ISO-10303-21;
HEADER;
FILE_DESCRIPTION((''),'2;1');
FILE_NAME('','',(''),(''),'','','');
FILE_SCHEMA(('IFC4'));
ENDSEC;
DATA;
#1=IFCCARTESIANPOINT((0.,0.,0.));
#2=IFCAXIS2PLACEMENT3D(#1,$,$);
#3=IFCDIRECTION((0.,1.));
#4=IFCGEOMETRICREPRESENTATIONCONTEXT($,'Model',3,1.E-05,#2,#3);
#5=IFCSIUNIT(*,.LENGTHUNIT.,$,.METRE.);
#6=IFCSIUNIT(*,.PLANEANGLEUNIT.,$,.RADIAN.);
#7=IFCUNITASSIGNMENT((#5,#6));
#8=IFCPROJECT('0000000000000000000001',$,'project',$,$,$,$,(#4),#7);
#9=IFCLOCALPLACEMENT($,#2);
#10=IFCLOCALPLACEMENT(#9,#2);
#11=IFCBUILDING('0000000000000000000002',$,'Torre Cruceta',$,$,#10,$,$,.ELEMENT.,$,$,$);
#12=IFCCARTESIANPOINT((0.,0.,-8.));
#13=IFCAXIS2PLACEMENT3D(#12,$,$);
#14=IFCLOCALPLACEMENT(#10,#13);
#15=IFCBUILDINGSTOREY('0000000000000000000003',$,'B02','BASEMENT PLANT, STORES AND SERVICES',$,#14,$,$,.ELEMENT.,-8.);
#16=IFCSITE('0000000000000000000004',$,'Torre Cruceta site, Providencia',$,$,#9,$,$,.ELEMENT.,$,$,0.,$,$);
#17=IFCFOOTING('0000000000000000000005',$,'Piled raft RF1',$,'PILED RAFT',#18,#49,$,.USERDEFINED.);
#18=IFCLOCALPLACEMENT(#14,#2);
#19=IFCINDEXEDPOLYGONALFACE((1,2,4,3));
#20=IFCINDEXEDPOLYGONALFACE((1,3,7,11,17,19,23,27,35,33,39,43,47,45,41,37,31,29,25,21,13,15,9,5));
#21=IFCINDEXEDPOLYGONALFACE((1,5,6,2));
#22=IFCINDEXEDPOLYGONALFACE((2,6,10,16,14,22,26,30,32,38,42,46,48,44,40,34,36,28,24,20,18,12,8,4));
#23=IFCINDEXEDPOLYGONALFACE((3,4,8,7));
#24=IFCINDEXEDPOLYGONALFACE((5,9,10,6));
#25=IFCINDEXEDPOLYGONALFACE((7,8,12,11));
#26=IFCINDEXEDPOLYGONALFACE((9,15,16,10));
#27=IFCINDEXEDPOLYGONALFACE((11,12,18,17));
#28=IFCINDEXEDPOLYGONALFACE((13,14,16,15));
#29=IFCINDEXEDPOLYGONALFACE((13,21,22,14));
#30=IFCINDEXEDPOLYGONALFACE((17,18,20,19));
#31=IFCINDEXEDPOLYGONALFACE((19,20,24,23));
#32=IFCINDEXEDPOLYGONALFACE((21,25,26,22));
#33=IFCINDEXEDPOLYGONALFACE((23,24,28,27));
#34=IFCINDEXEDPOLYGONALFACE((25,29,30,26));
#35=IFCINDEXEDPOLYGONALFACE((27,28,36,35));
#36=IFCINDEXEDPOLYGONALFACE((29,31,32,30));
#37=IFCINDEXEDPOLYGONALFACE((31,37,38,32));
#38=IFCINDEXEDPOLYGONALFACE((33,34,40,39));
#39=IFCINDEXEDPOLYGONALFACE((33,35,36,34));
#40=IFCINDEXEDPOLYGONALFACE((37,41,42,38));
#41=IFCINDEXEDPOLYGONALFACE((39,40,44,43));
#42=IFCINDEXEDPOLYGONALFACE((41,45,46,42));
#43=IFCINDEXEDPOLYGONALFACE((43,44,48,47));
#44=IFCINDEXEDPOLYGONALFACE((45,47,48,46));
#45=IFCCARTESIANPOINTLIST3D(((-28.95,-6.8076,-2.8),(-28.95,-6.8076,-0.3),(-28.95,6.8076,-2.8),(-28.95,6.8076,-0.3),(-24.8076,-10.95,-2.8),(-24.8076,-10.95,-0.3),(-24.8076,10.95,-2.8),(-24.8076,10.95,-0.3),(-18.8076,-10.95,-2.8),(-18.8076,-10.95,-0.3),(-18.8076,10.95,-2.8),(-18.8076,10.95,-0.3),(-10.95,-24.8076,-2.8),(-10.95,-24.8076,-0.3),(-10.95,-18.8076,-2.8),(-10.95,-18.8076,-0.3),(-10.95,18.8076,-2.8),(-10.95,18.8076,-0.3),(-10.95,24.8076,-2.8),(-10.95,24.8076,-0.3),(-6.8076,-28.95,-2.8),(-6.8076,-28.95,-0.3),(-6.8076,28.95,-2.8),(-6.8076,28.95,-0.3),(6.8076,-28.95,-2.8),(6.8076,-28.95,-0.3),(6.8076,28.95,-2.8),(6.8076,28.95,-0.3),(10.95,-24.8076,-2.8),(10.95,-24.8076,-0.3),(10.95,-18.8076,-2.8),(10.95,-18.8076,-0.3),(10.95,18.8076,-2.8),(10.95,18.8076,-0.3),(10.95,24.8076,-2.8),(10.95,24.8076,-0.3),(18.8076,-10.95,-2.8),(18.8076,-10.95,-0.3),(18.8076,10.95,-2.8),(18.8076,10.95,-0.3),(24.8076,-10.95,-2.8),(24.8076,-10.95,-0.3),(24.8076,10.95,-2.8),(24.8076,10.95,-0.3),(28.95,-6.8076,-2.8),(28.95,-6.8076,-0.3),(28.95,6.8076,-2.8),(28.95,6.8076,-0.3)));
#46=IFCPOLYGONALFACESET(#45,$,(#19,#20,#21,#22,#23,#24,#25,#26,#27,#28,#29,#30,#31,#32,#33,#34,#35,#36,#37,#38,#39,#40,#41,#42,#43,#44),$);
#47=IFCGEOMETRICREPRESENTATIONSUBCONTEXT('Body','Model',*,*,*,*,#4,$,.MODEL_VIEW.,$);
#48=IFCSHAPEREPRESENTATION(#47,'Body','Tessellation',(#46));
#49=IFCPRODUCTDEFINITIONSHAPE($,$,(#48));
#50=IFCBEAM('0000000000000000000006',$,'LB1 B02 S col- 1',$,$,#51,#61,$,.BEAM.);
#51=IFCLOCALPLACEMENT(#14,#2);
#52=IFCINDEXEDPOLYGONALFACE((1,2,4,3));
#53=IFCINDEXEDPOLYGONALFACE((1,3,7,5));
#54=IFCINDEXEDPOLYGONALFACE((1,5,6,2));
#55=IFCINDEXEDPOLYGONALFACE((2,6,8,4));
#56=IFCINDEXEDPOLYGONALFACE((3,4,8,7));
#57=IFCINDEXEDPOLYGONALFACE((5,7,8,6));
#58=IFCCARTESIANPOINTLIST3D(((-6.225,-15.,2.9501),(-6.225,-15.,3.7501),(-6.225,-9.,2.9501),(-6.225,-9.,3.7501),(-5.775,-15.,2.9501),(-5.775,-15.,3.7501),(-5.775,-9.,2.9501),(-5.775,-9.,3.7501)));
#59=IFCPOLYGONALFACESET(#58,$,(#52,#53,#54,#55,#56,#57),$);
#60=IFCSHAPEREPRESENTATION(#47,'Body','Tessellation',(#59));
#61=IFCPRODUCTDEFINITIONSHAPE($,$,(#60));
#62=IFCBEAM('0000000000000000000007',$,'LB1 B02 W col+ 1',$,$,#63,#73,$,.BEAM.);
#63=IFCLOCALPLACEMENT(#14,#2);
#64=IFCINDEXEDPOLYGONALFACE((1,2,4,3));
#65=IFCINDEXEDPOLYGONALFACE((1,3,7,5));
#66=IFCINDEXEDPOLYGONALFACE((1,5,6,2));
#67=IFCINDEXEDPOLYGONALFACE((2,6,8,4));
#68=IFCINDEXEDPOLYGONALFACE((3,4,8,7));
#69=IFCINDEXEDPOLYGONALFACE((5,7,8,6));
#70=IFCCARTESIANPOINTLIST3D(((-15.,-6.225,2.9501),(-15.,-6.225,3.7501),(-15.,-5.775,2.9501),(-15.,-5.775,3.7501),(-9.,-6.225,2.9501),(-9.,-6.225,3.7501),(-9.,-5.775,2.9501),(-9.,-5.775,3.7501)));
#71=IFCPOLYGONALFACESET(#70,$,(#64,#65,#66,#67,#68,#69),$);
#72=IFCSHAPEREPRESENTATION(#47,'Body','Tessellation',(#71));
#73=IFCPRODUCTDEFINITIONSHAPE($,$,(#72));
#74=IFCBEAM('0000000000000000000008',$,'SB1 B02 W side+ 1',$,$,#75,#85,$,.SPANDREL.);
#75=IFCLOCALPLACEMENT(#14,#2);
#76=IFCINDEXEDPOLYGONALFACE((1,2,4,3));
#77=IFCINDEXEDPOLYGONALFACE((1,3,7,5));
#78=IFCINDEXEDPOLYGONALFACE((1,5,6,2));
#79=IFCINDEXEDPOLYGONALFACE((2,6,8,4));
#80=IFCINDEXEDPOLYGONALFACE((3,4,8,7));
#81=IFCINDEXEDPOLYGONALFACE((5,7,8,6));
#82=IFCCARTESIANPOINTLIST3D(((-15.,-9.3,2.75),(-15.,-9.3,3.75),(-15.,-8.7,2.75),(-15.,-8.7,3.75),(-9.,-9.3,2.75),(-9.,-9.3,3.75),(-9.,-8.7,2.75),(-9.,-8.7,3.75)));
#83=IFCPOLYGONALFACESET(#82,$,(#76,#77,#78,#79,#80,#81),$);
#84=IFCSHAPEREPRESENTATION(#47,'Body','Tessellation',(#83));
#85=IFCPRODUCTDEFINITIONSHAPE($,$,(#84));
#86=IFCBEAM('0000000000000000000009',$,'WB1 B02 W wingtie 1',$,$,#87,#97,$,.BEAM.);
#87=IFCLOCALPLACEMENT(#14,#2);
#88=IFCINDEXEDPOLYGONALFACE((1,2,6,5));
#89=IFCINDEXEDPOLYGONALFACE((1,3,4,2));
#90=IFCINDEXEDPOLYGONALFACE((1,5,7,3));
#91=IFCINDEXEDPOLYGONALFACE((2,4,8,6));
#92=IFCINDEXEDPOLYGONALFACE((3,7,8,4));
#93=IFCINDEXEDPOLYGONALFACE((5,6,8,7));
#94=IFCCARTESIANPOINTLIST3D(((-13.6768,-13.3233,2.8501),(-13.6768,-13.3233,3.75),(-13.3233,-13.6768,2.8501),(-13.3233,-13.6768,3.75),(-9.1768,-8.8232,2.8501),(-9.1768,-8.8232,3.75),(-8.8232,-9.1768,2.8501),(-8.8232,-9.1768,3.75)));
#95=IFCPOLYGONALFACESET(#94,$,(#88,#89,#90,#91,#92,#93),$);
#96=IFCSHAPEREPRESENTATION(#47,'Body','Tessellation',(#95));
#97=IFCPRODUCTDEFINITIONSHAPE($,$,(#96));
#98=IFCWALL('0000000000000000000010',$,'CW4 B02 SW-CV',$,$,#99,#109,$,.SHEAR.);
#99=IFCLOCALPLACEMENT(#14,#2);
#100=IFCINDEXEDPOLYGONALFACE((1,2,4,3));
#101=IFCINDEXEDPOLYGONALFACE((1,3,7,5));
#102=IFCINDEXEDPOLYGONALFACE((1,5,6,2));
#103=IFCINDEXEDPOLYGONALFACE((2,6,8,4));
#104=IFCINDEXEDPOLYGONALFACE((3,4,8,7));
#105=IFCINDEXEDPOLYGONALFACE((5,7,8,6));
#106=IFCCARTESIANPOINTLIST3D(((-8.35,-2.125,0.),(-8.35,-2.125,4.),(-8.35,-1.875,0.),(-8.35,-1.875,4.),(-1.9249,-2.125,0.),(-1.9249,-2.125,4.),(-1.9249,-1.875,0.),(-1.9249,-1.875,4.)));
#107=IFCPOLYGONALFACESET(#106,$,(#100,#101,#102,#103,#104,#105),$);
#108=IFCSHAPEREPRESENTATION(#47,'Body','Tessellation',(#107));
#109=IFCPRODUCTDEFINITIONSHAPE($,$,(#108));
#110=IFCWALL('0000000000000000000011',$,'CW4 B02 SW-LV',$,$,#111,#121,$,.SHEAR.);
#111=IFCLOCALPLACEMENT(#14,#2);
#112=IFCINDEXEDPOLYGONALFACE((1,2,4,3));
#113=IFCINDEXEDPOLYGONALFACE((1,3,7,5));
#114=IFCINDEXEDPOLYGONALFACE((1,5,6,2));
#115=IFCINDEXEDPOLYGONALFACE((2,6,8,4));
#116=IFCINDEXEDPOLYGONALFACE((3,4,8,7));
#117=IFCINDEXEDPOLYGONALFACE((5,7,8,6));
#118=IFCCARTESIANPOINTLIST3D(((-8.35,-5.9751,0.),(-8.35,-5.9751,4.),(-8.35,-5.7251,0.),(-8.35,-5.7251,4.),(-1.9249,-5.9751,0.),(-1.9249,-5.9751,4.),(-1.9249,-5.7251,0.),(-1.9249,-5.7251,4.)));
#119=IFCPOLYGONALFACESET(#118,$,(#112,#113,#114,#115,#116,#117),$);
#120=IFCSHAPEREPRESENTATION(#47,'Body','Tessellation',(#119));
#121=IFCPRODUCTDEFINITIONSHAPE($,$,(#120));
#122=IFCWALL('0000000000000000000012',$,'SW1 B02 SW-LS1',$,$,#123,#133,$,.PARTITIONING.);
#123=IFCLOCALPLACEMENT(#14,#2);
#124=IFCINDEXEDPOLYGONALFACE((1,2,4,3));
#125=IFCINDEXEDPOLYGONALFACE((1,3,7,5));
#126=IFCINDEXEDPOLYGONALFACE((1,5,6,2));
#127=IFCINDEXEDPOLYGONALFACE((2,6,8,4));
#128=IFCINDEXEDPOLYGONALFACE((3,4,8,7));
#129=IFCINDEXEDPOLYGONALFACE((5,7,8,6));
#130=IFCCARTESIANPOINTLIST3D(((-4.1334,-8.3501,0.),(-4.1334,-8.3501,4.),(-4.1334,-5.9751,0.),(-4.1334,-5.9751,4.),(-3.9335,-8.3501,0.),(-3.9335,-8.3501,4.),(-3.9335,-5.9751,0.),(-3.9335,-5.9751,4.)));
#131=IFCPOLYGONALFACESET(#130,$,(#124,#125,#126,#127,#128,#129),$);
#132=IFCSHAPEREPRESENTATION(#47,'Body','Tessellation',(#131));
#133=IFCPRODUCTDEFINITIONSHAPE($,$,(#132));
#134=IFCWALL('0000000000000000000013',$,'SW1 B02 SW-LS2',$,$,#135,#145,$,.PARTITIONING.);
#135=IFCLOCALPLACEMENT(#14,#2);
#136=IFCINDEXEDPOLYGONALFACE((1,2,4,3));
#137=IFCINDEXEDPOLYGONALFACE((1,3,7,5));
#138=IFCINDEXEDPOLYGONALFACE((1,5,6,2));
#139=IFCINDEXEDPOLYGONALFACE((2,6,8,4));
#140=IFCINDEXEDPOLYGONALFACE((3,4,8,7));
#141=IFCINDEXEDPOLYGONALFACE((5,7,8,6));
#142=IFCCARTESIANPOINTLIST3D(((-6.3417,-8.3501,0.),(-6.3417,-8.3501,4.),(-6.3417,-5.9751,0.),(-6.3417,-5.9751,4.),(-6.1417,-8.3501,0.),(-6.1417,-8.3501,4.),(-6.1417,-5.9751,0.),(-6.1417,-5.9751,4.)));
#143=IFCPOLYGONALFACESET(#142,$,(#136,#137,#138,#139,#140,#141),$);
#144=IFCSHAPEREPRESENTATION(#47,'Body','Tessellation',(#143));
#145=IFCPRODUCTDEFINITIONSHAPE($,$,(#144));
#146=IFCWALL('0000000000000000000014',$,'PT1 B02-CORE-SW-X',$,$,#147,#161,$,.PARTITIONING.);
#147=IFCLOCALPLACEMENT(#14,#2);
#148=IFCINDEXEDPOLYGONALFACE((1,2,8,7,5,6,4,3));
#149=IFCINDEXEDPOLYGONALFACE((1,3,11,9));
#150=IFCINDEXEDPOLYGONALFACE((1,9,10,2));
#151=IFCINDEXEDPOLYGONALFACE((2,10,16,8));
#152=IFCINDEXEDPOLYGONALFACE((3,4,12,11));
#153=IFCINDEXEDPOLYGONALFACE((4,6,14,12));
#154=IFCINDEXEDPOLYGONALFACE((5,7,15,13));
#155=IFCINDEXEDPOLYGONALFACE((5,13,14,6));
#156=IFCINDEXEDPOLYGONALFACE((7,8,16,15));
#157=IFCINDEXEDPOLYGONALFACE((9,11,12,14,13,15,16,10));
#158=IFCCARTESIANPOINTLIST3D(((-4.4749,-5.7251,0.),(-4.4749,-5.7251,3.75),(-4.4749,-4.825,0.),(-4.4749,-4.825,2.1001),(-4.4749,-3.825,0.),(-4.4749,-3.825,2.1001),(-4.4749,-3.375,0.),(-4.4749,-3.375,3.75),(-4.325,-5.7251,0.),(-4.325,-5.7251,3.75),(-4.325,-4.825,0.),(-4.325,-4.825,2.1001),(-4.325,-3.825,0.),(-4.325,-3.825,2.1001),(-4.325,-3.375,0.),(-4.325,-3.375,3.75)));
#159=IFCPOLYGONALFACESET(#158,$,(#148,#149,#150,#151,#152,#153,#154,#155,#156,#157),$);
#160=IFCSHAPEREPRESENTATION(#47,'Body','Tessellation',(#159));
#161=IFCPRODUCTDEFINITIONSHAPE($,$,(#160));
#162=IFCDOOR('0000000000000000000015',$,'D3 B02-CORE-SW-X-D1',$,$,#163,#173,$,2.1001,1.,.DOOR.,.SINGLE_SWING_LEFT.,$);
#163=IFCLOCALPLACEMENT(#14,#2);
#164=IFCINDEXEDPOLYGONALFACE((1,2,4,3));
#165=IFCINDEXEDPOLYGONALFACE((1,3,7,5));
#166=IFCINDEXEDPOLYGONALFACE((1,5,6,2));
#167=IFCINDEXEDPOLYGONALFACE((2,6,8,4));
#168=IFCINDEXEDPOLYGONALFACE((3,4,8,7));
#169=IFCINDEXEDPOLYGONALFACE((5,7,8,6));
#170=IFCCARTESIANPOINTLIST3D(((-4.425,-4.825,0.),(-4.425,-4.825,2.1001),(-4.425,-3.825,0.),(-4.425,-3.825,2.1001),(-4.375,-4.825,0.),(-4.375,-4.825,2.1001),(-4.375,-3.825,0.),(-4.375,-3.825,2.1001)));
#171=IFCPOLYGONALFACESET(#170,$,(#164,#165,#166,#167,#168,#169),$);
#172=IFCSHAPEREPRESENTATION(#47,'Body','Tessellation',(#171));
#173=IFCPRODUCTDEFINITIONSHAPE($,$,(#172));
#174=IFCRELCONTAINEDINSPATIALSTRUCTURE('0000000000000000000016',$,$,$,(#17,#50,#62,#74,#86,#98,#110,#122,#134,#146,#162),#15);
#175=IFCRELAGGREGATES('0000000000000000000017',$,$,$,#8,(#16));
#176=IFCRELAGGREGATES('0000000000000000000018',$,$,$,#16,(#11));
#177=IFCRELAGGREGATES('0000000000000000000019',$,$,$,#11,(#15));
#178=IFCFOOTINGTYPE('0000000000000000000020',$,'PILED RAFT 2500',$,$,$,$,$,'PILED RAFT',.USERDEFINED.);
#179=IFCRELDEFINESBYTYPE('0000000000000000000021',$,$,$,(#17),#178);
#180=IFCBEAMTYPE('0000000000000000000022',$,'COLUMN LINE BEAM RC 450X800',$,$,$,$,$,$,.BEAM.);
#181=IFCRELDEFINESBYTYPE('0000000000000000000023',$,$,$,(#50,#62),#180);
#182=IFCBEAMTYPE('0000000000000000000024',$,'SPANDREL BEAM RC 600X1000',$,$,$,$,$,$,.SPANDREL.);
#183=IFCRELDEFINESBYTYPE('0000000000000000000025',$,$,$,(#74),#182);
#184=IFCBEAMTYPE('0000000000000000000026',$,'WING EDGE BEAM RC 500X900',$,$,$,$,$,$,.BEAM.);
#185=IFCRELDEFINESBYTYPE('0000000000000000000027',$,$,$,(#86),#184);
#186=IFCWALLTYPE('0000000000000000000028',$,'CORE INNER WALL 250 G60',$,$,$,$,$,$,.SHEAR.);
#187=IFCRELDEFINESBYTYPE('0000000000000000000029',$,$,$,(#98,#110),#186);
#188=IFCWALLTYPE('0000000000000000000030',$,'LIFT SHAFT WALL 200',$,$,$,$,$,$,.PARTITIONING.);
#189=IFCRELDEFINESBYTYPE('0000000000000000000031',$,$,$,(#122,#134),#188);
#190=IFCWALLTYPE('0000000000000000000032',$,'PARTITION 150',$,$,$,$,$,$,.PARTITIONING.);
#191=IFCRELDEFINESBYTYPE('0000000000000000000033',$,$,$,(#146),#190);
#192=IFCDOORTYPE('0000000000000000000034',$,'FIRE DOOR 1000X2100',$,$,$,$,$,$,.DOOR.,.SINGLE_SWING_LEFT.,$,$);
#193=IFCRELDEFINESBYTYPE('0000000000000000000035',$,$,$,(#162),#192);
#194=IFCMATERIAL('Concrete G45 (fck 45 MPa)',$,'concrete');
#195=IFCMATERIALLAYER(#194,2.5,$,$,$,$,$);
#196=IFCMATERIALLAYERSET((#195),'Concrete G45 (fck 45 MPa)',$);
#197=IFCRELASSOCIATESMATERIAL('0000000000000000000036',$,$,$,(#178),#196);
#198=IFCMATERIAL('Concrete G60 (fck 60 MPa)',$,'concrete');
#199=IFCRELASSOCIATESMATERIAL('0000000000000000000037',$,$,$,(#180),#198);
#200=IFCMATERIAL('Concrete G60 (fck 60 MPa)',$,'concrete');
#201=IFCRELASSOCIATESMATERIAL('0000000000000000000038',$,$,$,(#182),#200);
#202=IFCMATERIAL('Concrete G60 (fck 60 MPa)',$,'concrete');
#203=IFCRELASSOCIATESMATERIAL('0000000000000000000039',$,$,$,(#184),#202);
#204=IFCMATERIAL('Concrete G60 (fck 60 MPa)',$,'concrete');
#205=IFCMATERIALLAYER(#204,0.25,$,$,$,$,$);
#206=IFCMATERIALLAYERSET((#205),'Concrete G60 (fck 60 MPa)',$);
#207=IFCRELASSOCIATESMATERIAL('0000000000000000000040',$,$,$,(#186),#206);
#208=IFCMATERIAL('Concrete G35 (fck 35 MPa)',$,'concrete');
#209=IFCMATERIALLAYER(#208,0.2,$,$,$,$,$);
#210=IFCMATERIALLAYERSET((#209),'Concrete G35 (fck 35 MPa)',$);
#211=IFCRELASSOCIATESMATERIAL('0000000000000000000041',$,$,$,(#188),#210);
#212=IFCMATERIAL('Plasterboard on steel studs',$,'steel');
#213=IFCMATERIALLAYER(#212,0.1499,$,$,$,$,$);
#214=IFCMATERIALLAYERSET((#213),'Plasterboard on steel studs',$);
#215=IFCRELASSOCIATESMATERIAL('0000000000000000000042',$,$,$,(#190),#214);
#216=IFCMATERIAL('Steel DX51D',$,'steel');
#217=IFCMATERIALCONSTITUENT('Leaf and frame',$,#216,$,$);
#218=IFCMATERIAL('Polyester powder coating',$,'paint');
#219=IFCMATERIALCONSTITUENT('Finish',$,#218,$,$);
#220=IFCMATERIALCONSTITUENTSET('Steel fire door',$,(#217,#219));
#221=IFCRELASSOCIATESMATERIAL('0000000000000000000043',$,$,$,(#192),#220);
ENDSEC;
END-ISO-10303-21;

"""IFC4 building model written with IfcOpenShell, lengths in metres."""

from ifc_helpers import new_model, si_unit, direction, frame, frame_2d, origin, origin_2d, place, context, subcontext, project, spatial, polyline, rectangle, outline, extrude, material, layer, layer_set, constituent, constituent_set, material_profile, profile_set, type_object, element, fill, save


model = new_model("IFC4")

# Units and contexts
model_context = context("Model", 3, precision=1e-05, world=origin(), true_north=direction((0.0, 1.0)))
body_context = subcontext(model_context, "Body", "Model", "MODEL_VIEW")
ifc_project = project(units=[si_unit("LENGTHUNIT", "METRE"), si_unit("PLANEANGLEUNIT", "RADIAN")], contexts=[model_context])

# Site, building, storey
site_placement = place(None, origin())
site = spatial("IfcSite", under=ifc_project, at=site_placement, Name="Torre Cruceta site, Providencia", CompositionType="ELEMENT", RefElevation=0.0)
building_placement = place(site_placement, origin())
building = spatial("IfcBuilding", under=site, at=building_placement, Name="Torre Cruceta", CompositionType="ELEMENT")
storey_placement = place(building_placement, frame((0.0, 0.0, -8.0)))
storey = spatial("IfcBuildingStorey", under=building, at=storey_placement, Name="B02", Description="BASEMENT PLANT, STORES AND SERVICES", CompositionType="ELEMENT", Elevation=-8.0)

# Footing
ifc_material_1 = material(Name="Concrete G45 (fck 45 MPa)", Category="concrete")
ifc_layer_1 = layer(ifc_material_1, 2.5)
ifc_layer_set_1 = layer_set([ifc_layer_1], Name="Concrete G45 (fck 45 MPa)")
footing_type_1 = type_object("IfcFootingType", Name="PILED RAFT 2500", ElementType="PILED RAFT", PredefinedType="USERDEFINED", material=ifc_layer_set_1)
footing_1_placement = place(storey_placement, frame((0.0, 0.0, -2.8)))
element("IfcFooting", 1, at=footing_1_placement, inside=storey, type_object=footing_type_1, Name="Piled raft RF1", ObjectType="PILED RAFT", PredefinedType="USERDEFINED", context=body_context, shape_type="SweptSolid", body=[
    extrude(outline(polyline([(18.8076, -10.95), (10.95, -18.8076), (10.95, -24.8076), (6.8076, -28.95), (-6.8076, -28.95), (-10.95, -24.8076), (-10.95, -18.8076), (-18.8076, -10.95), (-24.8076, -10.95), (-28.95, -6.8076), (-28.95, 6.8076), (-24.8076, 10.95), (-18.8076, 10.95), (-10.95, 18.8076), (-10.95, 24.8076), (-6.8076, 28.95), (6.8076, 28.95), (10.95, 24.8076), (10.95, 18.8076), (18.8076, 10.95), (24.8076, 10.95), (28.95, 6.8076), (28.95, -6.8076), (24.8076, -10.95), (18.8076, -10.95)])), origin(), (0.0, 0.0, 1.0), 2.5),
])

# Beams
ifc_material_2 = material(Name="Concrete G60 (fck 60 MPa)", Category="concrete")
ifc_material_profile_1 = material_profile(ifc_material_2, rectangle(XDim=0.45, YDim=0.8, at=origin_2d()), Name="RC 450X800")
ifc_profile_set_1 = profile_set([ifc_material_profile_1], Name="Concrete G60 (fck 60 MPa)")
beam_type_1 = type_object("IfcBeamType", Name="COLUMN LINE BEAM RC 450X800", PredefinedType="BEAM", material=ifc_profile_set_1)
for number, where, z_axis, x_axis, name in (
    (2, (-6.0, -9.0, 3.3501), (0.0, -1.0, 0.0), (1.0, 0.0, 0.0), "LB1 B02 S col- 1"),
    (3, (-9.0, -6.0, 3.3501), (-1.0, 0.0, 0.0), (0.0, -1.0, 0.0), "LB1 B02 W col+ 1"),
):
    element("IfcBeam", number, at=place(storey_placement, frame(where, z_axis=z_axis, x_axis=x_axis)), inside=storey, type_object=beam_type_1, Name=name, PredefinedType="BEAM", context=body_context, shape_type="SweptSolid", body=[
        extrude(rectangle(XDim=0.45, YDim=0.8, at=origin_2d()), origin(), (0.0, 0.0, 1.0), 6.0),
    ])
ifc_material_3 = material(Name="Concrete G60 (fck 60 MPa)", Category="concrete")
ifc_material_profile_2 = material_profile(ifc_material_3, rectangle(XDim=0.6001, YDim=1.0, at=origin_2d()), Name="RC 600X1000")
ifc_profile_set_2 = profile_set([ifc_material_profile_2], Name="Concrete G60 (fck 60 MPa)")
beam_type_2 = type_object("IfcBeamType", Name="SPANDREL BEAM RC 600X1000", PredefinedType="SPANDREL", material=ifc_profile_set_2)
beam_1_placement = place(storey_placement, frame((-9.0, -9.0, 3.25), z_axis=(-1.0, 0.0, 0.0), x_axis=(0.0, -1.0, 0.0)))
element("IfcBeam", 4, at=beam_1_placement, inside=storey, type_object=beam_type_2, Name="SB1 B02 W side+ 1", PredefinedType="SPANDREL", context=body_context, shape_type="SweptSolid", body=[
    extrude(rectangle(XDim=0.6001, YDim=1.0, at=origin_2d()), origin(), (0.0, 0.0, 1.0), 6.0),
])
ifc_material_4 = material(Name="Concrete G60 (fck 60 MPa)", Category="concrete")
ifc_material_profile_3 = material_profile(ifc_material_4, rectangle(XDim=0.5, YDim=0.8999, at=origin_2d()), Name="RC 500X900")
ifc_profile_set_3 = profile_set([ifc_material_profile_3], Name="Concrete G60 (fck 60 MPa)")
beam_type_3 = type_object("IfcBeamType", Name="WING EDGE BEAM RC 500X900", PredefinedType="BEAM", material=ifc_profile_set_3)
beam_2_placement = place(storey_placement, frame((-9.0, -9.0, 3.3), z_axis=(-0.707107, -0.707107, 0.0), x_axis=(0.707107, -0.707107, 0.0)))
element("IfcBeam", 5, at=beam_2_placement, inside=storey, type_object=beam_type_3, Name="WB1 B02 W wingtie 1", PredefinedType="BEAM", context=body_context, shape_type="SweptSolid", body=[
    extrude(rectangle(XDim=0.5, YDim=0.8999, at=origin_2d()), origin(), (0.0, 0.0, 1.0), 6.364),
])

# Shared definitions
ifc_material_5 = material(Name="Concrete G60 (fck 60 MPa)", Category="concrete")
ifc_layer_2 = layer(ifc_material_5, 0.25)
ifc_layer_set_2 = layer_set([ifc_layer_2], Name="Concrete G60 (fck 60 MPa)")
wall_type_1 = type_object("IfcWallType", Name="CORE INNER WALL 250 G60", PredefinedType="SHEAR", material=ifc_layer_set_2)

# Walls
for number, where, z_axis, x_axis, name in (
    (6, (-1.925, -2.0, 0.0), (0.0, 0.0, 1.0), (-1.0, 0.0, 0.0), "CW4 B02 SW-CV"),
    (7, (-1.925, -5.8501, 0.0), (0.0, 0.0, 1.0), (-1.0, 0.0, 0.0), "CW4 B02 SW-LV"),
):
    element("IfcWall", number, at=place(storey_placement, frame(where, z_axis=z_axis, x_axis=x_axis)), inside=storey, type_object=wall_type_1, Name=name, PredefinedType="SHEAR", context=body_context, shape_type="SweptSolid", body=[
        extrude(rectangle(XDim=6.425, YDim=0.25, at=frame_2d((3.2124, 0.0))), origin(), (0.0, 0.0, 1.0), 4.0),
    ])
ifc_material_6 = material(Name="Concrete G35 (fck 35 MPa)", Category="concrete")
ifc_layer_3 = layer(ifc_material_6, 0.2)
ifc_layer_set_3 = layer_set([ifc_layer_3], Name="Concrete G35 (fck 35 MPa)")
wall_type_2 = type_object("IfcWallType", Name="LIFT SHAFT WALL 200", PredefinedType="PARTITIONING", material=ifc_layer_set_3)
for number, where, z_axis, x_axis, name in (
    (8, (-4.0334, -5.9751, 0.0), (0.0, 0.0, 1.0), (0.0, -1.0, 0.0), "SW1 B02 SW-LS1"),
    (9, (-6.2417, -5.9751, 0.0), (0.0, 0.0, 1.0), (0.0, -1.0, 0.0), "SW1 B02 SW-LS2"),
):
    element("IfcWall", number, at=place(storey_placement, frame(where, z_axis=z_axis, x_axis=x_axis)), inside=storey, type_object=wall_type_2, Name=name, PredefinedType="PARTITIONING", context=body_context, shape_type="SweptSolid", body=[
        extrude(rectangle(XDim=2.375, YDim=0.2, at=frame_2d((1.1875, 0.0))), origin(), (0.0, 0.0, 1.0), 4.0),
    ])

# Wall, opening, door
ifc_material_7 = material(Name="Plasterboard on steel studs", Category="steel")
ifc_layer_4 = layer(ifc_material_7, 0.1499)
ifc_layer_set_4 = layer_set([ifc_layer_4], Name="Plasterboard on steel studs")
wall_type_3 = type_object("IfcWallType", Name="PARTITION 150", PredefinedType="PARTITIONING", material=ifc_layer_set_4)
wall_1_placement = place(storey_placement, frame((-4.3999, -3.375, 0.0), z_axis=(0.0, 0.0, 1.0), x_axis=(0.0, -1.0, 0.0)))
wall_1 = element("IfcWall", 10, at=wall_1_placement, inside=storey, type_object=wall_type_3, Name="PT1 B02-CORE-SW-X", PredefinedType="PARTITIONING", context=body_context, shape_type="SweptSolid", body=[
    extrude(rectangle(XDim=2.3501, YDim=0.1499, at=frame_2d((1.175, 0.0))), origin(), (0.0, 0.0, 1.0), 3.75),
])
opening_1_placement = place(wall_1_placement, frame((0.45, 0.0, 0.0)))
opening_1 = element("IfcOpeningElement", 11, at=opening_1_placement, cuts=wall_1, PredefinedType="OPENING", context=body_context, shape_type="SweptSolid", body=[
    extrude(rectangle(XDim=1.0, YDim=2.1001, at=frame_2d((0.5, 1.05))), frame((0.0, 0.085, 0.0), z_axis=(0.0, -1.0, 0.0), x_axis=(1.0, 0.0, 0.0)), (0.0, 0.0, 1.0), 0.1699),
])
ifc_material_8 = material(Name="Steel DX51D", Category="steel")
ifc_constituent_1 = constituent(ifc_material_8, Name="Leaf and frame")
ifc_material_9 = material(Name="Polyester powder coating", Category="paint")
ifc_constituent_2 = constituent(ifc_material_9, Name="Finish")
ifc_constituent_set_1 = constituent_set(constituents=[ifc_constituent_1, ifc_constituent_2], Name="Steel fire door")
door_type_1 = type_object("IfcDoorType", Name="FIRE DOOR 1000X2100", OperationType="SINGLE_SWING_LEFT", PredefinedType="DOOR", material=ifc_constituent_set_1)
door_1_placement = place(opening_1_placement, origin())
door_1 = element("IfcDoor", 12, at=door_1_placement, inside=storey, type_object=door_type_1, Name="D3 B02-CORE-SW-X-D1", OperationType="SINGLE_SWING_LEFT", OverallHeight=2.1001, OverallWidth=1.0, PredefinedType="DOOR", context=body_context, shape_type="SweptSolid", body=[
    extrude(rectangle(XDim=1.0, YDim=2.1001, at=frame_2d((0.5, 1.05))), frame((0.0, 0.0249, 0.0), z_axis=(0.0, -1.0, 0.0), x_axis=(1.0, 0.0, 0.0)), (0.0, 0.0, 1.0), 0.05),
])
fill(opening_1, door_1)

save(model, "model.ifc")
